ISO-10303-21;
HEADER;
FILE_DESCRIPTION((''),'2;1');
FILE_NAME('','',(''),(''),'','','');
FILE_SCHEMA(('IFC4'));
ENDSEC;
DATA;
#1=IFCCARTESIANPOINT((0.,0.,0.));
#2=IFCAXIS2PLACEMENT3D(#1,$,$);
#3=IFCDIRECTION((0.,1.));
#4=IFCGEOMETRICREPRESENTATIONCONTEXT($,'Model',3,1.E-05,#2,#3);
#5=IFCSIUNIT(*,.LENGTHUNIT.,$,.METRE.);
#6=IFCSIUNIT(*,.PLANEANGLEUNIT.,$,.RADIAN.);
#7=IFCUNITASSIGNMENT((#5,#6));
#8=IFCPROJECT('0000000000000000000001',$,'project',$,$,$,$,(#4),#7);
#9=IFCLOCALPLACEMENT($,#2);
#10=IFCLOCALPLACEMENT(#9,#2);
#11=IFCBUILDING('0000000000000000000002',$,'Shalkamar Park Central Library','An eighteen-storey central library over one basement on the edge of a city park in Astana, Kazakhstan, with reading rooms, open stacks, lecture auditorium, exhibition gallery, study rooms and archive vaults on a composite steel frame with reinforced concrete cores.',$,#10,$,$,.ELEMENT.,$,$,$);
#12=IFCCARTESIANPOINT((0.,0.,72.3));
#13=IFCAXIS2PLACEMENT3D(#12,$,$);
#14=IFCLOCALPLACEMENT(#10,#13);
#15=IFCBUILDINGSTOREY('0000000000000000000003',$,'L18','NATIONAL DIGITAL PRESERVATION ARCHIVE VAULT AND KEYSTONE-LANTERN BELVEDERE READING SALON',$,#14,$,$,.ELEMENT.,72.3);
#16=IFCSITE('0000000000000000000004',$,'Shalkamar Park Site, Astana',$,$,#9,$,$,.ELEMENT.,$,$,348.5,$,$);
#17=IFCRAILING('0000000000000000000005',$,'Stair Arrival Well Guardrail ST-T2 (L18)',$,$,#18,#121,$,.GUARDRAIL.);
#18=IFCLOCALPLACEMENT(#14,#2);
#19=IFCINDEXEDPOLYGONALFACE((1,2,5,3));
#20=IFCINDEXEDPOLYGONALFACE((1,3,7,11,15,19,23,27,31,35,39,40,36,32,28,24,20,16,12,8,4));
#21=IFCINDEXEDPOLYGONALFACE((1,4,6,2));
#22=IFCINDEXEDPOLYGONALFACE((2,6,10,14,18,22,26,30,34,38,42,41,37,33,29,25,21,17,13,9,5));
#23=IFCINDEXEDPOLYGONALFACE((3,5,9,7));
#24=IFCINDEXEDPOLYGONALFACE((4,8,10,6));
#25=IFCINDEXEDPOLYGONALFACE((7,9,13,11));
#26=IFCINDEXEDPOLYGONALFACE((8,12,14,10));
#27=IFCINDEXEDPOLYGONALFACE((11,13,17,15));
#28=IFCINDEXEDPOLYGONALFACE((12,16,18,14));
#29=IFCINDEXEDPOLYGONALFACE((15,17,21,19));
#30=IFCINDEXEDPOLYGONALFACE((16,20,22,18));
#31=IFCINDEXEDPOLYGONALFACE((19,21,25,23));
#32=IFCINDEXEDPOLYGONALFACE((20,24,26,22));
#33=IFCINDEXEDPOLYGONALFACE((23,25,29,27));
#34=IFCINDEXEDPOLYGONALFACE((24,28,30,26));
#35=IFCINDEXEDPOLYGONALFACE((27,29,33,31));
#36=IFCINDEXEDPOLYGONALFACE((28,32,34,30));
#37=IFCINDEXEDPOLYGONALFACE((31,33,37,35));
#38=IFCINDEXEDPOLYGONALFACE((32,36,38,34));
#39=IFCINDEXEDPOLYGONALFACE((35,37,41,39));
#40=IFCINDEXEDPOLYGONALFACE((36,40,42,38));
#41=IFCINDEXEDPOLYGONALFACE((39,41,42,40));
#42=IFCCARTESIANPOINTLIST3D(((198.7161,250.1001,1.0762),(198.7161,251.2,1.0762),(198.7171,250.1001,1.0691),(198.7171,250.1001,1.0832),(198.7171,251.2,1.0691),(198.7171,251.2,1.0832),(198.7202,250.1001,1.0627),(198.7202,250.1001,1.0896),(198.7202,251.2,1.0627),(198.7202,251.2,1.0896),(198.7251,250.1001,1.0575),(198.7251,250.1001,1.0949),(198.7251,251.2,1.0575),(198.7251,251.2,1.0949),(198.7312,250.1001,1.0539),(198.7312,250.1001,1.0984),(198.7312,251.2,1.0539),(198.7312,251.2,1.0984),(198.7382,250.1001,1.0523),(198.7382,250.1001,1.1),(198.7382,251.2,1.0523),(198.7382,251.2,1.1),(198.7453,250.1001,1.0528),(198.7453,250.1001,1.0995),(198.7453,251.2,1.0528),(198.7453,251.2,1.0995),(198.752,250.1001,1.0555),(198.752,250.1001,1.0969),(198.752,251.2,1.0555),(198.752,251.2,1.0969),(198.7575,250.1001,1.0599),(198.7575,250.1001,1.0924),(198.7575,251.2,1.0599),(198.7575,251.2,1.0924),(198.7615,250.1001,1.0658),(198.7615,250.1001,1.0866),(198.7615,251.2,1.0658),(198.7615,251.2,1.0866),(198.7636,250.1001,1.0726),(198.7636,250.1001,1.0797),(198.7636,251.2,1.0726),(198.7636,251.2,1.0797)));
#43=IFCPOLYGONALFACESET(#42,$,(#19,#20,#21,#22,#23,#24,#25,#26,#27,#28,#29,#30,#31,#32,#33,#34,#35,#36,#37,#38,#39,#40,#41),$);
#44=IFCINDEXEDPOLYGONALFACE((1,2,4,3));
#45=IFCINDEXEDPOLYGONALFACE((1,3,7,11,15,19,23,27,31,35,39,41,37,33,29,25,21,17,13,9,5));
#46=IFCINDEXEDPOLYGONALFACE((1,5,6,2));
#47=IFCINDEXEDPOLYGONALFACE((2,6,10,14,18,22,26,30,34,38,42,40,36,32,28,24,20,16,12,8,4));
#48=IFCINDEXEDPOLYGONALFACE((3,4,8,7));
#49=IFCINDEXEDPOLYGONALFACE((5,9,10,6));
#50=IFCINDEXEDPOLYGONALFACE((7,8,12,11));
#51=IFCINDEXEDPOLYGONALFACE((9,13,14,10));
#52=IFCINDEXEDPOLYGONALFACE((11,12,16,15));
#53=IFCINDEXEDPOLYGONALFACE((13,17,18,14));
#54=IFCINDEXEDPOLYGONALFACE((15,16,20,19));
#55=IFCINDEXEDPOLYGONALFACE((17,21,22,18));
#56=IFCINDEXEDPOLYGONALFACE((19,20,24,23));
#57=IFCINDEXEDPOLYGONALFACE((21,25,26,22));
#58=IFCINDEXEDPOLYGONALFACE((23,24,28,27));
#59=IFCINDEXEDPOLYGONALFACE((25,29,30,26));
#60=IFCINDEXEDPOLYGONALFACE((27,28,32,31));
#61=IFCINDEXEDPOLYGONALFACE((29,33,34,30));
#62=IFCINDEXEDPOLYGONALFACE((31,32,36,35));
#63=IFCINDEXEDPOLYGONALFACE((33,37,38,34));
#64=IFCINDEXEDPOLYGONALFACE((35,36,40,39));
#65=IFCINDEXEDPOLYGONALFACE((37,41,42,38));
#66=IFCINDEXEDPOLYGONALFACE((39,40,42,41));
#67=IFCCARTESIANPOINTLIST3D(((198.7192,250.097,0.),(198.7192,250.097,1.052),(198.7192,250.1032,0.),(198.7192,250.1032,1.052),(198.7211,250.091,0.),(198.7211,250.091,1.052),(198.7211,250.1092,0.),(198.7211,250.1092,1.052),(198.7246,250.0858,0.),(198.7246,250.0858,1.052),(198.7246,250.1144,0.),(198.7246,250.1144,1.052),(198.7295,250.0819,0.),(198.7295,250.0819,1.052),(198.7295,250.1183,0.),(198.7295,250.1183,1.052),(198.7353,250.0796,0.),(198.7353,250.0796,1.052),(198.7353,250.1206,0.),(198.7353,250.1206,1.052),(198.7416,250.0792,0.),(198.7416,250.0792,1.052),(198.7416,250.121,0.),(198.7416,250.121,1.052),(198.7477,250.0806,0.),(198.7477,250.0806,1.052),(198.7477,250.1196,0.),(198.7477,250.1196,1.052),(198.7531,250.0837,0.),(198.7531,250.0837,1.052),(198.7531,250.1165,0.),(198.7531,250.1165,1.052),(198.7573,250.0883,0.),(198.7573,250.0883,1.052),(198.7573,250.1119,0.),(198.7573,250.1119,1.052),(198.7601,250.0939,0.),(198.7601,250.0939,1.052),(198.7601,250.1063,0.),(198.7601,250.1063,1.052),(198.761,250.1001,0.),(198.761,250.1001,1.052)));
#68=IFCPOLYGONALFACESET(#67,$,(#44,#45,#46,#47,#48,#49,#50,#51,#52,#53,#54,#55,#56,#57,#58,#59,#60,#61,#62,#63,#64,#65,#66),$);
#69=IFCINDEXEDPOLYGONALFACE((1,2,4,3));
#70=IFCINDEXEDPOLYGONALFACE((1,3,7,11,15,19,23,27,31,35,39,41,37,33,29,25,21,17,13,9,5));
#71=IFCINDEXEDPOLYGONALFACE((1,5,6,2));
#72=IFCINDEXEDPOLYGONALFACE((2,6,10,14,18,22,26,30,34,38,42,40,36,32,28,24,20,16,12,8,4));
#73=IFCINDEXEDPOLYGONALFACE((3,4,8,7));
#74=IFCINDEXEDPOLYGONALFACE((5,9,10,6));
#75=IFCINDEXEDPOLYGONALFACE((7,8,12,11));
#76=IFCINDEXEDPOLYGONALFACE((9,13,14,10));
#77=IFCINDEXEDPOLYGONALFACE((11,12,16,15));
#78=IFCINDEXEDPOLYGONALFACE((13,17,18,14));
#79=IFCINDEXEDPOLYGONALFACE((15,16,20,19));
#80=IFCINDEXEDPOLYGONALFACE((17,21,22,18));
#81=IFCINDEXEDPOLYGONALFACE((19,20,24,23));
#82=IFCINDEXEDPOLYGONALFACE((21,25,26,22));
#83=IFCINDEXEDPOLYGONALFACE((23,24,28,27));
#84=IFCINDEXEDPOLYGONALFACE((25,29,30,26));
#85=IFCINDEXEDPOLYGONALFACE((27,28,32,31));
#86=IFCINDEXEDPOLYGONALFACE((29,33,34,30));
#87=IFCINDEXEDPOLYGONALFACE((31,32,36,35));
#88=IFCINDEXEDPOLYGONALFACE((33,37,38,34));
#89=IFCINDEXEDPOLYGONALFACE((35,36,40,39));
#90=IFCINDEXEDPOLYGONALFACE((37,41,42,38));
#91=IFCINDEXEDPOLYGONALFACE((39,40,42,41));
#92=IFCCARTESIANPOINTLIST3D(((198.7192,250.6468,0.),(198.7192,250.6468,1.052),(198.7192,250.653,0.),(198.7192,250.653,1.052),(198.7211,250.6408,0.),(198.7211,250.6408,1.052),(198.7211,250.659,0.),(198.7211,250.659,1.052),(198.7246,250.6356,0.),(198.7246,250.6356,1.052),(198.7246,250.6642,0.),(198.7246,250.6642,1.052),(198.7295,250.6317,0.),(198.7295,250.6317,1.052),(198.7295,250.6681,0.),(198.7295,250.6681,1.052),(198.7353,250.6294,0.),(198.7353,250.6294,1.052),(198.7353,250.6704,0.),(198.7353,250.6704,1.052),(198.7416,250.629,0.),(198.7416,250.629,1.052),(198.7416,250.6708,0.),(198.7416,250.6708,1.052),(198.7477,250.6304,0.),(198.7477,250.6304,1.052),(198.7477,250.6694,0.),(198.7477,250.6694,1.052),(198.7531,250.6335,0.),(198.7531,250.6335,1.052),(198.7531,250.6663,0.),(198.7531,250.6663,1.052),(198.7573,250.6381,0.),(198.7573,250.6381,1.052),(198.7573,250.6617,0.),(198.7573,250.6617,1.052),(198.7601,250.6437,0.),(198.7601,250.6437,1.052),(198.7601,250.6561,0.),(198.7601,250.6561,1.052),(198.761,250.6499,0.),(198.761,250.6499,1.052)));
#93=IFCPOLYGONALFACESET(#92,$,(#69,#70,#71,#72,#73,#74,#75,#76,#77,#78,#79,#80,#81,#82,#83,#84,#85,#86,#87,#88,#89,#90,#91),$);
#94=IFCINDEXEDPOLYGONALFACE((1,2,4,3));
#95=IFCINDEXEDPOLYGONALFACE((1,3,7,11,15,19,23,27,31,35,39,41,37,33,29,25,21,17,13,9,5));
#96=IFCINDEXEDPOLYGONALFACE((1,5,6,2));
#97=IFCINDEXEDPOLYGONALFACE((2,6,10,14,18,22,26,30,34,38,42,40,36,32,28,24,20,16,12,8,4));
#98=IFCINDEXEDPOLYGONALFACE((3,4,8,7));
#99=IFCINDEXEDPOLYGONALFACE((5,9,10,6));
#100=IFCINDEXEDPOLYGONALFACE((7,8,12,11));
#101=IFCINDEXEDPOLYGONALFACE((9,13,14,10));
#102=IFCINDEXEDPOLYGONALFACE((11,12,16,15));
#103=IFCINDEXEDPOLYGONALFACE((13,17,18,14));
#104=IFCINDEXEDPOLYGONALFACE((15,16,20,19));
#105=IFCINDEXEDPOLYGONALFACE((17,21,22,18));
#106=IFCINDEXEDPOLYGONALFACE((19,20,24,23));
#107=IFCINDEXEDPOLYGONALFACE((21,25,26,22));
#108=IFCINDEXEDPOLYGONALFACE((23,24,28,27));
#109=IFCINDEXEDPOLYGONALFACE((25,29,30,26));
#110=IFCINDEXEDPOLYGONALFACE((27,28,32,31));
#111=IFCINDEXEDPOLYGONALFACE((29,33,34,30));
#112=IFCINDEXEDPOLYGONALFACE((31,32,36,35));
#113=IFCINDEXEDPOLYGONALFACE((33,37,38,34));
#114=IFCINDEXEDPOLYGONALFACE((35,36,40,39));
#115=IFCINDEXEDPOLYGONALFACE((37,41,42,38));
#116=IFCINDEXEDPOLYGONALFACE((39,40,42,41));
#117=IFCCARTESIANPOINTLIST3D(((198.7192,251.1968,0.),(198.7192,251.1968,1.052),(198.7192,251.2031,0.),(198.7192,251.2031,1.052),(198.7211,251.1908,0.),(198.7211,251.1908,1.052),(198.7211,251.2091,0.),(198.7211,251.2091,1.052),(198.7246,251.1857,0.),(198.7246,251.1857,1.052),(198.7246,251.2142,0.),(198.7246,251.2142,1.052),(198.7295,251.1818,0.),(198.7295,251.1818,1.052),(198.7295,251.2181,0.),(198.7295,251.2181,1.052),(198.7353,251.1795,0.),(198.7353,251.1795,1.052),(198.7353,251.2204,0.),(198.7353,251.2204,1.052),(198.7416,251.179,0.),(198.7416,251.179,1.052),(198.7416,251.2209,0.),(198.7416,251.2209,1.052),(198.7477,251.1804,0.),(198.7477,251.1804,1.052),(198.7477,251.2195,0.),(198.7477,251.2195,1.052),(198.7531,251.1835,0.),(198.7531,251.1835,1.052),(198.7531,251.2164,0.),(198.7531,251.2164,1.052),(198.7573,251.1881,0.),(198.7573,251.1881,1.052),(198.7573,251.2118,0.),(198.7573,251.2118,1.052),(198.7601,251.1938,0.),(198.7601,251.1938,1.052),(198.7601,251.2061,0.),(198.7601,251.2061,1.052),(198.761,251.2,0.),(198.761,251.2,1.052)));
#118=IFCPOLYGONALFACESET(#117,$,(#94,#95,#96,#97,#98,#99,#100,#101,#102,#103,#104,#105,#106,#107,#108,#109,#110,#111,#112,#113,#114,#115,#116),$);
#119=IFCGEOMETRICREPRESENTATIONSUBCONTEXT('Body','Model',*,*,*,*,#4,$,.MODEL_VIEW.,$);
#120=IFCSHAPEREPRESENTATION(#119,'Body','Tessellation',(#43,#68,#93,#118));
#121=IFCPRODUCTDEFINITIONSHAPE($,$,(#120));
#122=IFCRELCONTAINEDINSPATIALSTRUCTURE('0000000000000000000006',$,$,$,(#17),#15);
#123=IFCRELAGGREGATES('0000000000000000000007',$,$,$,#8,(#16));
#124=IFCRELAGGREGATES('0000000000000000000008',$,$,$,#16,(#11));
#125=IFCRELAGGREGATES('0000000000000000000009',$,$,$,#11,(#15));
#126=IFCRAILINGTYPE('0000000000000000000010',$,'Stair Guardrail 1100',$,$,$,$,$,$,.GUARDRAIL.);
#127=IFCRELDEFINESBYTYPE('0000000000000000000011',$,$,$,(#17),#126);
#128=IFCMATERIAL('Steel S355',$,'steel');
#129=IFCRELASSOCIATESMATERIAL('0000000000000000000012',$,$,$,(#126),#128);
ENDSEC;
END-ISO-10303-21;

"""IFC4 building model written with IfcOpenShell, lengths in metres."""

from ifc_helpers import new_model, si_unit, direction, frame, origin, origin_2d, place, context, subcontext, project, spatial, circle, extrude, material, type_object, element, save


model = new_model("IFC4")

# Units and contexts
model_context = context("Model", 3, precision=1e-05, world=origin(), true_north=direction((0.0, 1.0)))
body_context = subcontext(model_context, "Body", "Model", "MODEL_VIEW")
ifc_project = project(units=[si_unit("LENGTHUNIT", "METRE"), si_unit("PLANEANGLEUNIT", "RADIAN")], contexts=[model_context])

# Site, building, storey
site_placement = place(None, origin())
site = spatial("IfcSite", under=ifc_project, at=site_placement, Name="Shalkamar Park Site, Astana", CompositionType="ELEMENT", RefElevation=348.5)
building_placement = place(site_placement, origin())
building = spatial("IfcBuilding", under=site, at=building_placement, Name="Shalkamar Park Central Library", Description="An eighteen-storey central library over one basement on the edge of a city park in Astana, Kazakhstan, with reading rooms, open stacks, lecture auditorium, exhibition gallery, study rooms and archive vaults on a composite steel frame with reinforced concrete cores.", CompositionType="ELEMENT")
storey_placement = place(building_placement, frame((0.0, 0.0, 72.3)))
storey = spatial("IfcBuildingStorey", under=building, at=storey_placement, Name="L18", Description="NATIONAL DIGITAL PRESERVATION ARCHIVE VAULT AND KEYSTONE-LANTERN BELVEDERE READING SALON", CompositionType="ELEMENT", Elevation=72.3)

# Shared definitions
ifc_material_1 = material(Name="Steel S355", Category="steel")

# Railing
railing_type_1 = type_object("IfcRailingType", Name="Stair Guardrail 1100", PredefinedType="GUARDRAIL", material=ifc_material_1)
railing_1_placement = place(storey_placement, frame((198.74, 250.1001, 0.0)))
element("IfcRailing", 1, at=railing_1_placement, inside=storey, type_object=railing_type_1, Name="Stair Arrival Well Guardrail ST-T2 (L18)", PredefinedType="GUARDRAIL", context=body_context, shape_type="SweptSolid", body=[
    extrude(circle(Radius=0.0239, at=origin_2d()), frame((0.0, 0.0, 1.0762), z_axis=(0.0, 1.0, 0.0), x_axis=(-1.0, 0.0, 0.0)), (0.0, 0.0, 1.0), 1.0999),
    extrude(circle(Radius=0.021, at=origin_2d()), origin(), (0.0, 0.0, 1.0), 1.052),
    extrude(circle(Radius=0.021, at=origin_2d()), frame((0.0, 0.5498, 0.0)), (0.0, 0.0, 1.0), 1.052),
    extrude(circle(Radius=0.021, at=origin_2d()), frame((0.0, 1.0999, 0.0)), (0.0, 0.0, 1.0), 1.052),
])

save(model, "model.ifc")
